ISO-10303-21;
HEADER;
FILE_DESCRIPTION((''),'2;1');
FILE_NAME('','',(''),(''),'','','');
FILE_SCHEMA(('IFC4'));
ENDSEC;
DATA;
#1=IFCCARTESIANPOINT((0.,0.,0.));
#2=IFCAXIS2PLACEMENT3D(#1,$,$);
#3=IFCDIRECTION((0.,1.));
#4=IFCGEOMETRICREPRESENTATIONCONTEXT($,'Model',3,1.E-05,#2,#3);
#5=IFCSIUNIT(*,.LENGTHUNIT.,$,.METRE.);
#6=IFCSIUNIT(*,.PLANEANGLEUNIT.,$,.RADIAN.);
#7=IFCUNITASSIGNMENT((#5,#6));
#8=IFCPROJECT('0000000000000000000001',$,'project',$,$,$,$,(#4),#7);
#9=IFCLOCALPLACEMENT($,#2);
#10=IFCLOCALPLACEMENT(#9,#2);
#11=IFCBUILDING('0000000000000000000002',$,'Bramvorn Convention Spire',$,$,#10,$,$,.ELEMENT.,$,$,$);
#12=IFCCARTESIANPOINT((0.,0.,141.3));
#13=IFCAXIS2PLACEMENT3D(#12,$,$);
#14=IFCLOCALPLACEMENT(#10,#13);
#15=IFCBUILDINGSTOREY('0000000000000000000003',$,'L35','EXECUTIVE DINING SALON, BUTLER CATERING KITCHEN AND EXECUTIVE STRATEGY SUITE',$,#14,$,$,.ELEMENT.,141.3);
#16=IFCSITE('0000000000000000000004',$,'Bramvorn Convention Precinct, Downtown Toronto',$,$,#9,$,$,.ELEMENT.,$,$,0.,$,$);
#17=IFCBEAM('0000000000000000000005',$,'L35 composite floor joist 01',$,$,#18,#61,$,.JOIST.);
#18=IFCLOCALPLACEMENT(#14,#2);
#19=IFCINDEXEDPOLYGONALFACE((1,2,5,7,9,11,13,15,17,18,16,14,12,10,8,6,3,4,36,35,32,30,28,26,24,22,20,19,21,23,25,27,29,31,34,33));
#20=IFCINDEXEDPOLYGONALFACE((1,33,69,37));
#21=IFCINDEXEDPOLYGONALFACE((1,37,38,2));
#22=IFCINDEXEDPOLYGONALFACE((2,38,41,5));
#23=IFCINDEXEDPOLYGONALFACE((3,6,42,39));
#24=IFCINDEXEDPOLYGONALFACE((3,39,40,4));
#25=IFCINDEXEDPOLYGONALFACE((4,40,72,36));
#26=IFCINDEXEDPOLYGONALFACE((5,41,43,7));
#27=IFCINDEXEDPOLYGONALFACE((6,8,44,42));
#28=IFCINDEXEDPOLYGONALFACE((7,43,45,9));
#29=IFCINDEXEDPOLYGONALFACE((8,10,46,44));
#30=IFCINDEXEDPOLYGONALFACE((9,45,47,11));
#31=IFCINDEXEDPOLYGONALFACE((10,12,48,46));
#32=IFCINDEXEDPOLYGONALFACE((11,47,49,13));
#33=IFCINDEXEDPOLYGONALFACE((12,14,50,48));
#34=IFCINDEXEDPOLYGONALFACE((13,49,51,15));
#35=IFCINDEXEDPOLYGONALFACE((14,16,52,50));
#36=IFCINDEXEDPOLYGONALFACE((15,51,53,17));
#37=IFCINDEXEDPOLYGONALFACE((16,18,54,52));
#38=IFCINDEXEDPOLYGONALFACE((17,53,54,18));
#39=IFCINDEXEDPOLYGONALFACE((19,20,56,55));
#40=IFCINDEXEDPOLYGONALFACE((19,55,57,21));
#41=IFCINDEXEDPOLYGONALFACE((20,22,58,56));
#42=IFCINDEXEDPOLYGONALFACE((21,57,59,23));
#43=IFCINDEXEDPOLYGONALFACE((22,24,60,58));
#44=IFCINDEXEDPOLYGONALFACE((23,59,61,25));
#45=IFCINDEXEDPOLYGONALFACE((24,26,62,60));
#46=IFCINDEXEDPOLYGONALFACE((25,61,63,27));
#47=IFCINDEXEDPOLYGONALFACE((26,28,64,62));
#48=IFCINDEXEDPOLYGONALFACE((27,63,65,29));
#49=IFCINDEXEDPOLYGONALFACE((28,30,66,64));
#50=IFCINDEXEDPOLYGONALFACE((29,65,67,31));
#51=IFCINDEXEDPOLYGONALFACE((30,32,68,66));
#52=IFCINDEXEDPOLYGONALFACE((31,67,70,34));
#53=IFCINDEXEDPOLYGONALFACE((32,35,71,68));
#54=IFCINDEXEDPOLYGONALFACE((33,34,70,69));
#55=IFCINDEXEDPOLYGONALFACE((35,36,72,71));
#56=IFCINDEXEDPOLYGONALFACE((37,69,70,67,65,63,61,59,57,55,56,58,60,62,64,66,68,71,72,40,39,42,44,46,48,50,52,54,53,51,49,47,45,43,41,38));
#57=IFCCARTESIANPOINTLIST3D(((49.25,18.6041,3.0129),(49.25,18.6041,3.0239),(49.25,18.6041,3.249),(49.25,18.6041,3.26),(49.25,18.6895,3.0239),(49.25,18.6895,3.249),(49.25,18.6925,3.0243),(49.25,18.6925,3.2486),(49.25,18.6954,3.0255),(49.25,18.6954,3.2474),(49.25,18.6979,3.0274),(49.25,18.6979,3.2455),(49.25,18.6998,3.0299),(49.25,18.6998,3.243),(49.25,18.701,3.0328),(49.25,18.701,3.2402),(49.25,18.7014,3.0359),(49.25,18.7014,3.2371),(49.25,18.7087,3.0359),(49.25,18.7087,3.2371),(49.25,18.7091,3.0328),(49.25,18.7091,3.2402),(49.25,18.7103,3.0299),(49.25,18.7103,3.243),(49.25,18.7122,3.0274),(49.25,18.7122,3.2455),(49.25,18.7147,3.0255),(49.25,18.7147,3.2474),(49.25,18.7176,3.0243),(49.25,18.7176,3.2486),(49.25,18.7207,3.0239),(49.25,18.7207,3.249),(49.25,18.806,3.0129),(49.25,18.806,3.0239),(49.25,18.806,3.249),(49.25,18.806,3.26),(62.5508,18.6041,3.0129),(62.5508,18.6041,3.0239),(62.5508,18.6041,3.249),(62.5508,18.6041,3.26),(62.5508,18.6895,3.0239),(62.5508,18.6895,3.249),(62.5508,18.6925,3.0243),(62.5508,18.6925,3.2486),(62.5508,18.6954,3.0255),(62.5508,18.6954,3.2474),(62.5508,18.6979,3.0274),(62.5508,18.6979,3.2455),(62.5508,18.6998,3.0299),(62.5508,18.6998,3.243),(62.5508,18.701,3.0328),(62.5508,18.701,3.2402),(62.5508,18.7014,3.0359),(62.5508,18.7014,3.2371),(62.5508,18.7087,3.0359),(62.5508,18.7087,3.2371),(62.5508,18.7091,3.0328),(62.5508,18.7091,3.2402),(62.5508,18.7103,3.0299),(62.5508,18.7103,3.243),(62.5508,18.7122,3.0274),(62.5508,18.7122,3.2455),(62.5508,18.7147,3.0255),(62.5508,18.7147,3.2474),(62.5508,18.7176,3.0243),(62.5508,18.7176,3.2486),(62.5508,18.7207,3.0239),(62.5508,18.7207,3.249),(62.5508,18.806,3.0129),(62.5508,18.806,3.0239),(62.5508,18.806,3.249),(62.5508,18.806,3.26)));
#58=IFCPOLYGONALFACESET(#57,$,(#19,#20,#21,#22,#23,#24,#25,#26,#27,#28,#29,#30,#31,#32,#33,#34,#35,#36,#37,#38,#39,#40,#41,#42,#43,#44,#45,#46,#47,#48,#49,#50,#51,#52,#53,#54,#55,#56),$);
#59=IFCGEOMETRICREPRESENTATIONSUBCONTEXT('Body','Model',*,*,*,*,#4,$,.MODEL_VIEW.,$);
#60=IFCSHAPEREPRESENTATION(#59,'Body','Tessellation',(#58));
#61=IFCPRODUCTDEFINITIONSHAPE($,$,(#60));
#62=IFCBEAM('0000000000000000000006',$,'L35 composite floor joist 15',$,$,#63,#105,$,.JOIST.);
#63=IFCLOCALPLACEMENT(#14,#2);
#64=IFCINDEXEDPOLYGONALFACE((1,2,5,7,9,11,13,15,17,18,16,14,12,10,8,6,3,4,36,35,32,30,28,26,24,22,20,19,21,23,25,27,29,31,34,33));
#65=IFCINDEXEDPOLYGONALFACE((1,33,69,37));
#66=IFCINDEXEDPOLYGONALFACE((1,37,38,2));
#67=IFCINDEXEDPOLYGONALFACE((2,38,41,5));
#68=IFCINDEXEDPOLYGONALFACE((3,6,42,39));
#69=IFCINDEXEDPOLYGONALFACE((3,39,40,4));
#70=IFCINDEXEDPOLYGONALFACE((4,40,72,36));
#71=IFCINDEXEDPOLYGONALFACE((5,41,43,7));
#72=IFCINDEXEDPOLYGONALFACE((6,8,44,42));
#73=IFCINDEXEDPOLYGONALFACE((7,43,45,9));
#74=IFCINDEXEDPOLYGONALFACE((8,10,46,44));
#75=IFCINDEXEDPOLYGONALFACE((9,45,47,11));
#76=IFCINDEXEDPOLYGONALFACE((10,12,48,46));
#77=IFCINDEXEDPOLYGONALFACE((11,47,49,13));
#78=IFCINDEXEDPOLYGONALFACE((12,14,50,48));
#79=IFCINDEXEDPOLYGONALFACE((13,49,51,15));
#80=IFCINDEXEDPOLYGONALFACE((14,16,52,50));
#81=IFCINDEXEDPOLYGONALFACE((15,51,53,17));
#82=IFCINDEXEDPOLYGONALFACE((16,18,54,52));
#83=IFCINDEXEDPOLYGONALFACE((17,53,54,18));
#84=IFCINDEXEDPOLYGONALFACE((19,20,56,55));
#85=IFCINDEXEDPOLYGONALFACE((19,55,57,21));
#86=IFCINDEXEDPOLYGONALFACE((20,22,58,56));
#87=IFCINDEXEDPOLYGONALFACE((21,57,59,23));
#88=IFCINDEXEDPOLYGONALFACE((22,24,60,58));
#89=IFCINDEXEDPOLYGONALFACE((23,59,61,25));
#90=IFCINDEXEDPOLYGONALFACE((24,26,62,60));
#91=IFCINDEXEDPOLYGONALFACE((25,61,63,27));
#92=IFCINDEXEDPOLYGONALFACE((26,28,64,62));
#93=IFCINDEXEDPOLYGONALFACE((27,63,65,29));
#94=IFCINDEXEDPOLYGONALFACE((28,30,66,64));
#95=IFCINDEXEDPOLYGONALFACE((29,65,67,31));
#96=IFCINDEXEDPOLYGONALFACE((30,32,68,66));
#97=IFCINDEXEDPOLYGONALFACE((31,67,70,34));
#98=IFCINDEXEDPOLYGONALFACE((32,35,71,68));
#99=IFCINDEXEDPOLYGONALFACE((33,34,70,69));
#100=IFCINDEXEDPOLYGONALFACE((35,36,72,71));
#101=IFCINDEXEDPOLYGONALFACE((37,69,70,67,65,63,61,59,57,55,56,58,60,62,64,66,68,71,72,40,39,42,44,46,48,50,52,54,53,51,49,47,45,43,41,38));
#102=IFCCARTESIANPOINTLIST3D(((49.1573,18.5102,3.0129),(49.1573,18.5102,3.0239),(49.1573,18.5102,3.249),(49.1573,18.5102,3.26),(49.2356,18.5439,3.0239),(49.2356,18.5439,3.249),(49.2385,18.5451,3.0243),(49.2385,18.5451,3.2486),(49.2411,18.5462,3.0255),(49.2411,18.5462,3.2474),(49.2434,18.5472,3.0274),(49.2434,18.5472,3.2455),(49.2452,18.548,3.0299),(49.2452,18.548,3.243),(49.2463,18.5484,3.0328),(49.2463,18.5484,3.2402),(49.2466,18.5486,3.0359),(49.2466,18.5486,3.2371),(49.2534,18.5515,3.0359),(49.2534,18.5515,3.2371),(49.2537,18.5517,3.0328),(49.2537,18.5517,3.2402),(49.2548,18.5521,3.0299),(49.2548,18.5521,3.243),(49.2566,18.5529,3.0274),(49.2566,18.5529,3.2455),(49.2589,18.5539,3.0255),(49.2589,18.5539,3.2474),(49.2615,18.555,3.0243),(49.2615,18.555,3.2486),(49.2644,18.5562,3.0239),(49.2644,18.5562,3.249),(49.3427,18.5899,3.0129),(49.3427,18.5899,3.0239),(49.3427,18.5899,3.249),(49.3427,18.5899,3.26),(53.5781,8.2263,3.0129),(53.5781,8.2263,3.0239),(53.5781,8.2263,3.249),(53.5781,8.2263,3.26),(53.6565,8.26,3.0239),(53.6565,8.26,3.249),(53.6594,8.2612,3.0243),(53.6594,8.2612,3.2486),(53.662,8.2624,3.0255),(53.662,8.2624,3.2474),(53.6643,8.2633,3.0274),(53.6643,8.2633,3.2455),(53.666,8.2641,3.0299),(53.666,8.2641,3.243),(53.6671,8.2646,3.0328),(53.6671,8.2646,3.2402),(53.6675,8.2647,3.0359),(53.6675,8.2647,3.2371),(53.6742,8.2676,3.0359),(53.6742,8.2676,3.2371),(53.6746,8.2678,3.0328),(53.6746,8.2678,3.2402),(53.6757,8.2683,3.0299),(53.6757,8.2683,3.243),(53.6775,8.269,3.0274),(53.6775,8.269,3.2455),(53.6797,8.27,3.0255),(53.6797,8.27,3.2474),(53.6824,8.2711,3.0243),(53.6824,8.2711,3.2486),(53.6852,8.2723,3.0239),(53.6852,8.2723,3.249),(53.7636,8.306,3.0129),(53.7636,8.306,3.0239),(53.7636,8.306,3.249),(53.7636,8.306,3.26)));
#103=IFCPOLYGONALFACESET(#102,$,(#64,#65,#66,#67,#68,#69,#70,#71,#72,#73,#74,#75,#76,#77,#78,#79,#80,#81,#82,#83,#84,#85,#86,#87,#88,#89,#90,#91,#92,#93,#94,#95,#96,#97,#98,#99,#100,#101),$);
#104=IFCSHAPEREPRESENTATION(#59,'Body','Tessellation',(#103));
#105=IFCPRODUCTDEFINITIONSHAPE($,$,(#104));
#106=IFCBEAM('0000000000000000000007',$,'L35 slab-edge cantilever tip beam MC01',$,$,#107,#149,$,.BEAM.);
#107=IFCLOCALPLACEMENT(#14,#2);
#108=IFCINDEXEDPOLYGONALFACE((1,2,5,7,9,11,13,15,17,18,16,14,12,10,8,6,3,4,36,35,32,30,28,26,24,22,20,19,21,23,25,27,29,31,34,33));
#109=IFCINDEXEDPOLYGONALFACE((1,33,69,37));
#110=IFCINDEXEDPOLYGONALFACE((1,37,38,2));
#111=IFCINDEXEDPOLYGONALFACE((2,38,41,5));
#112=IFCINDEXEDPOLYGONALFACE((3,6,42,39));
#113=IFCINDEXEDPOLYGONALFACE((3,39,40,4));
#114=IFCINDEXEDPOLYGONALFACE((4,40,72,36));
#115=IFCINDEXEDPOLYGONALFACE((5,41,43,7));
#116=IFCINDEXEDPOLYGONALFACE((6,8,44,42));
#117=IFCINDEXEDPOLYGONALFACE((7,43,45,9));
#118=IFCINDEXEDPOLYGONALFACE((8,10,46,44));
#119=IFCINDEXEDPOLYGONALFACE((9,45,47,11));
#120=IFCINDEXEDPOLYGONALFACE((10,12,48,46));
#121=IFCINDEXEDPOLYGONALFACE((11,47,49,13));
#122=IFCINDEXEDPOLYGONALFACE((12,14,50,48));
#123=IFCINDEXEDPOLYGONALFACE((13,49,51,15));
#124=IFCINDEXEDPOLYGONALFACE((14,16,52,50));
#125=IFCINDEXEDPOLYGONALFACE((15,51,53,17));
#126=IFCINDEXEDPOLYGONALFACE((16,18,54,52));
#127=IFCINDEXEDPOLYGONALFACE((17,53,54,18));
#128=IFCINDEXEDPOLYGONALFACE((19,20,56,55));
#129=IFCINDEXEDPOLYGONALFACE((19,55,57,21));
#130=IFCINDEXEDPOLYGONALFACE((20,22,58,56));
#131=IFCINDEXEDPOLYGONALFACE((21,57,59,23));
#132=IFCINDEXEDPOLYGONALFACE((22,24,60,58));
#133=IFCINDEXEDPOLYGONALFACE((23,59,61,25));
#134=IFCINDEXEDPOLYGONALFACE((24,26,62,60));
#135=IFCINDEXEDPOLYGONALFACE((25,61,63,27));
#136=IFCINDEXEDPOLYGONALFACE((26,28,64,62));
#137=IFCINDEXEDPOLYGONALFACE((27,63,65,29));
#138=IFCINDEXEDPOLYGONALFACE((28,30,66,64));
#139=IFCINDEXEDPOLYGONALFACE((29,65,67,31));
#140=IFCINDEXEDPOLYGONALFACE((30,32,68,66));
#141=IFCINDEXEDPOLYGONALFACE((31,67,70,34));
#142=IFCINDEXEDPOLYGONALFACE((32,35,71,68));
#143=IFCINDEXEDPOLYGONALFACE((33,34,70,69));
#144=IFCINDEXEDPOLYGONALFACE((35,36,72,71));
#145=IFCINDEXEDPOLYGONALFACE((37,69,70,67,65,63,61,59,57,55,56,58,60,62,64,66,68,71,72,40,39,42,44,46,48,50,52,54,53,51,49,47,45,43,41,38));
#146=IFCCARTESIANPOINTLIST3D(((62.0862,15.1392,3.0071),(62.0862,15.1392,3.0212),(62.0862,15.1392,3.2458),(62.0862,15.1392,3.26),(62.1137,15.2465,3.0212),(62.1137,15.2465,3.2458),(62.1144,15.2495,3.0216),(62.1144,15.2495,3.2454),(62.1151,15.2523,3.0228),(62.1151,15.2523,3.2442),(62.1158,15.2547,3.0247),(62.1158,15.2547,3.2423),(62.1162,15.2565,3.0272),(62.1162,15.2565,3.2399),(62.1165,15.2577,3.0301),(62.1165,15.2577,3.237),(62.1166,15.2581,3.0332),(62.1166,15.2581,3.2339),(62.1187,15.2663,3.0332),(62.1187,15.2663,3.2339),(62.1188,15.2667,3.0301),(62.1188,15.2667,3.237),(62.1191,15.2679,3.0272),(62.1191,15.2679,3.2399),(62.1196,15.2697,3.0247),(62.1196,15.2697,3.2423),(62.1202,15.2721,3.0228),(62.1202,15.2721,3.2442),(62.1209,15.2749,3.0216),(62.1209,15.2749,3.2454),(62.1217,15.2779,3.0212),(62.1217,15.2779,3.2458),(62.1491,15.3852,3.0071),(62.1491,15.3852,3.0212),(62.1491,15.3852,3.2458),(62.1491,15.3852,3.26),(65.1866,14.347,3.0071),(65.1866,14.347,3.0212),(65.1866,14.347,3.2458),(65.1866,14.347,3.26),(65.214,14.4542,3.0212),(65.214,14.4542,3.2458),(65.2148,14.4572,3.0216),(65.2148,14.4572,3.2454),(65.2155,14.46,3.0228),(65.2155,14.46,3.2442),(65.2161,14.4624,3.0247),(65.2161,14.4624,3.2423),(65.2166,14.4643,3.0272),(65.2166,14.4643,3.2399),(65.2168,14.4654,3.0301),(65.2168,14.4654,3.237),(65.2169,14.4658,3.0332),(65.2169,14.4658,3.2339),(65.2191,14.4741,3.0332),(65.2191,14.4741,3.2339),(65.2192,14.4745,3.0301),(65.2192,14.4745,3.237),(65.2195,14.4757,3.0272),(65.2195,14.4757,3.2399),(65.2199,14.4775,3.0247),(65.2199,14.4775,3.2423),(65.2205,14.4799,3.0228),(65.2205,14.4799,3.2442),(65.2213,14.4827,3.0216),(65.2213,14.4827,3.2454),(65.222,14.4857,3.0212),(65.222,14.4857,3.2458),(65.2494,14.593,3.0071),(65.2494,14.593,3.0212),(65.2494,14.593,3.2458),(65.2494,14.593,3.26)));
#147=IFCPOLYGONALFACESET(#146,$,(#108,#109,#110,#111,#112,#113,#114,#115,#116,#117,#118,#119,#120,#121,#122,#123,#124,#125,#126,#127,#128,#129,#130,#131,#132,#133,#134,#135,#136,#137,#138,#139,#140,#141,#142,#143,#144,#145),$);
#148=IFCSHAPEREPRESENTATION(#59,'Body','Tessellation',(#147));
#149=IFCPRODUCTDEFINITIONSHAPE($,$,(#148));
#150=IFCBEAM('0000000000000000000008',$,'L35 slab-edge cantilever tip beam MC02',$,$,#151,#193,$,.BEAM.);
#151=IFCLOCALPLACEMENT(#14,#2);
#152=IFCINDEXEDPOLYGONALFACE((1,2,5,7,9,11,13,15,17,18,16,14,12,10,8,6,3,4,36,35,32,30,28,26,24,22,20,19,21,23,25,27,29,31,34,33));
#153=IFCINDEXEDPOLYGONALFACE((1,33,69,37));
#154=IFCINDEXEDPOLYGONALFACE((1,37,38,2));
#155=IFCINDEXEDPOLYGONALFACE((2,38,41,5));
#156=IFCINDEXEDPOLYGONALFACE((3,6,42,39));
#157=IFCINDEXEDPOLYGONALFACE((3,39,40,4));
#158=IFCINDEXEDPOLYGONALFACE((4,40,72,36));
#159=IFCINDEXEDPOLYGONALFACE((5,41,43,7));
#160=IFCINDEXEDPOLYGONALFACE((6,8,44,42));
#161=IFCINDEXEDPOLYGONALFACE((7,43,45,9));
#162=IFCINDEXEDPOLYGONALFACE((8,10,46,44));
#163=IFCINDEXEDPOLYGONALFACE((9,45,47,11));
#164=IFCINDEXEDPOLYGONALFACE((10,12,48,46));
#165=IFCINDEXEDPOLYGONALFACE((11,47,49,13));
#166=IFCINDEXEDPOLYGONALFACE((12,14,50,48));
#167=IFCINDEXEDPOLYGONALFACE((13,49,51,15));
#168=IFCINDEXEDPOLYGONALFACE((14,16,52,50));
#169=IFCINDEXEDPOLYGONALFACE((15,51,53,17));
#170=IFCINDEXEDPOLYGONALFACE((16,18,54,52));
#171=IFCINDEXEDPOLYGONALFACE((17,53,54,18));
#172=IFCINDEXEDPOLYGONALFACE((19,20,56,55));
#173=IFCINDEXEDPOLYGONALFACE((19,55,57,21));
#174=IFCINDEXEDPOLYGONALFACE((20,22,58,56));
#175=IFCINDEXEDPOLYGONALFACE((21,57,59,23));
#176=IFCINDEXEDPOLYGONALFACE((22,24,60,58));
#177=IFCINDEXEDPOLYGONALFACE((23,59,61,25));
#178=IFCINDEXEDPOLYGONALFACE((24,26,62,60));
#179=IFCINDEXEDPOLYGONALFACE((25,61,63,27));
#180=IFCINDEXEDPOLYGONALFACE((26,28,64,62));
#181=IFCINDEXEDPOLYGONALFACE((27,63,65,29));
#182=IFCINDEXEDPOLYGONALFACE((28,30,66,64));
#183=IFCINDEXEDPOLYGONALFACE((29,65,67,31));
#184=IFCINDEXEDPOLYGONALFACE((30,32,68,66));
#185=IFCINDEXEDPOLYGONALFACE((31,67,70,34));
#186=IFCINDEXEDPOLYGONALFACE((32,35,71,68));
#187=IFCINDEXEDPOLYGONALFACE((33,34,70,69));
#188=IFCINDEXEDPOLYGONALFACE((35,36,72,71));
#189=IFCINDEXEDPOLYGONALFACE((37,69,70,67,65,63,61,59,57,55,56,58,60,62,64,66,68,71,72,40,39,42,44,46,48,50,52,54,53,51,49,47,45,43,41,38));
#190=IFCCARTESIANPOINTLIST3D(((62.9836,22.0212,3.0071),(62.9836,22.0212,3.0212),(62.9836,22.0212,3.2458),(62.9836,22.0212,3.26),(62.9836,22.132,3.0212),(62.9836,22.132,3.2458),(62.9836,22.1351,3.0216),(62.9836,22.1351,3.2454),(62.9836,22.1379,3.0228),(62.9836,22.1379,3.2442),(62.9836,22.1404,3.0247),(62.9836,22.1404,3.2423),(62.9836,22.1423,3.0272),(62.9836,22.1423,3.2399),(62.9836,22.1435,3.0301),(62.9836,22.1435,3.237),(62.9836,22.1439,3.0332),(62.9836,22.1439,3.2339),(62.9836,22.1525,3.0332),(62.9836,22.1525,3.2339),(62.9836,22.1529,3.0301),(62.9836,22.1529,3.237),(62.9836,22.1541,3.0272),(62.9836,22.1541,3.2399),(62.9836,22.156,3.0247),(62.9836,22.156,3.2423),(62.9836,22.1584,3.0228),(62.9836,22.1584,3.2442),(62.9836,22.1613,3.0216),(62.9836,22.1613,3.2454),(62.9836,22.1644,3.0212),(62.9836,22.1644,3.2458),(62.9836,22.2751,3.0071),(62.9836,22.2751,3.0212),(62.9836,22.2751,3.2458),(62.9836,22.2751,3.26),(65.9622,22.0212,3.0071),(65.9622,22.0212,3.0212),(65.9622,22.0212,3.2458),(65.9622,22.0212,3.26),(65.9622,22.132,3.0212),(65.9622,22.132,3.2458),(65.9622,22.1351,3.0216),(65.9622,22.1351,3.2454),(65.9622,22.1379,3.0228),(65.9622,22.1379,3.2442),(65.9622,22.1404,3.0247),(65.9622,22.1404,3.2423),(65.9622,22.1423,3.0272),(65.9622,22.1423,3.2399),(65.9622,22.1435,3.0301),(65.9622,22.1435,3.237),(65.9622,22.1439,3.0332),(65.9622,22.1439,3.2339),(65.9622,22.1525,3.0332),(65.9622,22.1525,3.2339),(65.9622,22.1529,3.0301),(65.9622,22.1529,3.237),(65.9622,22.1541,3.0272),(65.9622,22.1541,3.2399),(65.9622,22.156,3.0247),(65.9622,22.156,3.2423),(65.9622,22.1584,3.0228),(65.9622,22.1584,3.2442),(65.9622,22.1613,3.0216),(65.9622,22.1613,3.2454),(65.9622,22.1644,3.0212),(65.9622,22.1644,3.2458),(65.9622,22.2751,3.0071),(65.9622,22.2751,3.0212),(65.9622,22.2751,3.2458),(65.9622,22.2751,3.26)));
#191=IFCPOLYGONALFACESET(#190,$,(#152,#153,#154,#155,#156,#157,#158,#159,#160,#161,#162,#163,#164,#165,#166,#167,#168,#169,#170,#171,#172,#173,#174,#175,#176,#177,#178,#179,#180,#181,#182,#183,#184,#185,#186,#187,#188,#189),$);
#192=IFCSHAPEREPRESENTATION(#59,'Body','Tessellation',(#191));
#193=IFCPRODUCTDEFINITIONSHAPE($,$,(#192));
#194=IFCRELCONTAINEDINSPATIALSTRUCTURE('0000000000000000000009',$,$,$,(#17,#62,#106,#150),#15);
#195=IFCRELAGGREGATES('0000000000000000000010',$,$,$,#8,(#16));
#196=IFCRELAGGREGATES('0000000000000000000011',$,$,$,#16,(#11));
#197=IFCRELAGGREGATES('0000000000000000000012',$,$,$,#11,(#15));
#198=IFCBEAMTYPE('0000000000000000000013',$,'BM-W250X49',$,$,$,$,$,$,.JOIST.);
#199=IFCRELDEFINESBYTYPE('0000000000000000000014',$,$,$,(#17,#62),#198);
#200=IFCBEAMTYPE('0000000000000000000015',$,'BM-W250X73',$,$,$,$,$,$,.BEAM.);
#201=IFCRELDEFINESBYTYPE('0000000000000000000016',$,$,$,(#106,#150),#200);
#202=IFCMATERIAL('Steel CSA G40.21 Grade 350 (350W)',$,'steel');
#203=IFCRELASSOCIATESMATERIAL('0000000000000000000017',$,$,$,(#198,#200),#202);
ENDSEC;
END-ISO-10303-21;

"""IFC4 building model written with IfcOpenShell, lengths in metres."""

from ifc_helpers import new_model, si_unit, direction, frame, origin, origin_2d, place, context, subcontext, project, spatial, i_section, extrude, material, material_profile, profile_set, type_object, element, save


model = new_model("IFC4")

# Units and contexts
model_context = context("Model", 3, precision=1e-05, world=origin(), true_north=direction((0.0, 1.0)))
body_context = subcontext(model_context, "Body", "Model", "MODEL_VIEW")
ifc_project = project(units=[si_unit("LENGTHUNIT", "METRE"), si_unit("PLANEANGLEUNIT", "RADIAN")], contexts=[model_context])

# Site, building, storey
site_placement = place(None, origin())
site = spatial("IfcSite", under=ifc_project, at=site_placement, Name="Bramvorn Convention Precinct, Downtown Toronto", CompositionType="ELEMENT", RefElevation=0.0)
building_placement = place(site_placement, origin())
building = spatial("IfcBuilding", under=site, at=building_placement, Name="Bramvorn Convention Spire", CompositionType="ELEMENT")
storey_placement = place(building_placement, frame((0.0, 0.0, 141.3)))
storey = spatial("IfcBuildingStorey", under=building, at=storey_placement, Name="L35", Description="EXECUTIVE DINING SALON, BUTLER CATERING KITCHEN AND EXECUTIVE STRATEGY SUITE", CompositionType="ELEMENT", Elevation=141.3)

# Shared definitions
ifc_material_1 = material(Name="Steel CSA G40.21 Grade 350 (350W)", Category="steel")

# Beams
ifc_material_profile_1 = material_profile(ifc_material_1, i_section(OverallWidth=0.2019, OverallDepth=0.2471, WebThickness=0.0073, FlangeThickness=0.011, FilletRadius=0.012, at=origin_2d()))
ifc_profile_set_1 = profile_set([ifc_material_profile_1], Name="Steel CSA G40.21 Grade 350 (350W) - W250X49")
beam_type_1 = type_object("IfcBeamType", Name="BM-W250X49", PredefinedType="JOIST", material=ifc_profile_set_1)
beam_1_placement = place(storey_placement, frame((49.25, 18.7051, 3.1365), z_axis=(1.0, 0.0, 0.0), x_axis=(0.0, 1.0, 0.0)))
element("IfcBeam", 1, at=beam_1_placement, inside=storey, type_object=beam_type_1, Name="L35 composite floor joist 01", PredefinedType="JOIST", context=body_context, shape_type="SweptSolid", body=[
    extrude(i_section(OverallWidth=0.2019, OverallDepth=0.2471, WebThickness=0.0073, FlangeThickness=0.011, FilletRadius=0.012, at=origin_2d()), origin(), (0.0, 0.0, 1.0), 13.3008),
])
beam_2_placement = place(storey_placement, frame((49.25, 18.55, 3.1365), z_axis=(0.394938, -0.918708, 0.0), x_axis=(0.918708, 0.394938, 0.0)))
element("IfcBeam", 2, at=beam_2_placement, inside=storey, type_object=beam_type_1, Name="L35 composite floor joist 15", PredefinedType="JOIST", context=body_context, shape_type="SweptSolid", body=[
    extrude(i_section(OverallWidth=0.2019, OverallDepth=0.2471, WebThickness=0.0073, FlangeThickness=0.011, FilletRadius=0.012, at=origin_2d()), origin(), (0.0, 0.0, 1.0), 11.1938),
])
ifc_material_profile_2 = material_profile(ifc_material_1, i_section(OverallWidth=0.2539, OverallDepth=0.2529, WebThickness=0.0085, FlangeThickness=0.0142, FilletRadius=0.012, at=origin_2d()))
ifc_profile_set_2 = profile_set([ifc_material_profile_2], Name="Steel CSA G40.21 Grade 350 (350W) - W250X73")
beam_type_2 = type_object("IfcBeamType", Name="BM-W250X73", PredefinedType="BEAM", material=ifc_profile_set_2)
beam_3_placement = place(storey_placement, frame((62.1177, 15.2622, 3.1335), z_axis=(0.968868, -0.247577, 0.0), x_axis=(0.247577, 0.968868, 0.0)))
element("IfcBeam", 3, at=beam_3_placement, inside=storey, type_object=beam_type_2, Name="L35 slab-edge cantilever tip beam MC01", PredefinedType="BEAM", context=body_context, shape_type="SweptSolid", body=[
    extrude(i_section(OverallWidth=0.2539, OverallDepth=0.2529, WebThickness=0.0085, FlangeThickness=0.0142, FilletRadius=0.012, at=origin_2d()), origin(), (0.0, 0.0, 1.0), 3.2),
])
beam_4_placement = place(storey_placement, frame((62.9836, 22.1482, 3.1335), z_axis=(1.0, 0.0, 0.0), x_axis=(0.0, 1.0, 0.0)))
element("IfcBeam", 4, at=beam_4_placement, inside=storey, type_object=beam_type_2, Name="L35 slab-edge cantilever tip beam MC02", PredefinedType="BEAM", context=body_context, shape_type="SweptSolid", body=[
    extrude(i_section(OverallWidth=0.2539, OverallDepth=0.2529, WebThickness=0.0085, FlangeThickness=0.0142, FilletRadius=0.012, at=origin_2d()), origin(), (0.0, 0.0, 1.0), 2.9785),
])

save(model, "model.ifc")
